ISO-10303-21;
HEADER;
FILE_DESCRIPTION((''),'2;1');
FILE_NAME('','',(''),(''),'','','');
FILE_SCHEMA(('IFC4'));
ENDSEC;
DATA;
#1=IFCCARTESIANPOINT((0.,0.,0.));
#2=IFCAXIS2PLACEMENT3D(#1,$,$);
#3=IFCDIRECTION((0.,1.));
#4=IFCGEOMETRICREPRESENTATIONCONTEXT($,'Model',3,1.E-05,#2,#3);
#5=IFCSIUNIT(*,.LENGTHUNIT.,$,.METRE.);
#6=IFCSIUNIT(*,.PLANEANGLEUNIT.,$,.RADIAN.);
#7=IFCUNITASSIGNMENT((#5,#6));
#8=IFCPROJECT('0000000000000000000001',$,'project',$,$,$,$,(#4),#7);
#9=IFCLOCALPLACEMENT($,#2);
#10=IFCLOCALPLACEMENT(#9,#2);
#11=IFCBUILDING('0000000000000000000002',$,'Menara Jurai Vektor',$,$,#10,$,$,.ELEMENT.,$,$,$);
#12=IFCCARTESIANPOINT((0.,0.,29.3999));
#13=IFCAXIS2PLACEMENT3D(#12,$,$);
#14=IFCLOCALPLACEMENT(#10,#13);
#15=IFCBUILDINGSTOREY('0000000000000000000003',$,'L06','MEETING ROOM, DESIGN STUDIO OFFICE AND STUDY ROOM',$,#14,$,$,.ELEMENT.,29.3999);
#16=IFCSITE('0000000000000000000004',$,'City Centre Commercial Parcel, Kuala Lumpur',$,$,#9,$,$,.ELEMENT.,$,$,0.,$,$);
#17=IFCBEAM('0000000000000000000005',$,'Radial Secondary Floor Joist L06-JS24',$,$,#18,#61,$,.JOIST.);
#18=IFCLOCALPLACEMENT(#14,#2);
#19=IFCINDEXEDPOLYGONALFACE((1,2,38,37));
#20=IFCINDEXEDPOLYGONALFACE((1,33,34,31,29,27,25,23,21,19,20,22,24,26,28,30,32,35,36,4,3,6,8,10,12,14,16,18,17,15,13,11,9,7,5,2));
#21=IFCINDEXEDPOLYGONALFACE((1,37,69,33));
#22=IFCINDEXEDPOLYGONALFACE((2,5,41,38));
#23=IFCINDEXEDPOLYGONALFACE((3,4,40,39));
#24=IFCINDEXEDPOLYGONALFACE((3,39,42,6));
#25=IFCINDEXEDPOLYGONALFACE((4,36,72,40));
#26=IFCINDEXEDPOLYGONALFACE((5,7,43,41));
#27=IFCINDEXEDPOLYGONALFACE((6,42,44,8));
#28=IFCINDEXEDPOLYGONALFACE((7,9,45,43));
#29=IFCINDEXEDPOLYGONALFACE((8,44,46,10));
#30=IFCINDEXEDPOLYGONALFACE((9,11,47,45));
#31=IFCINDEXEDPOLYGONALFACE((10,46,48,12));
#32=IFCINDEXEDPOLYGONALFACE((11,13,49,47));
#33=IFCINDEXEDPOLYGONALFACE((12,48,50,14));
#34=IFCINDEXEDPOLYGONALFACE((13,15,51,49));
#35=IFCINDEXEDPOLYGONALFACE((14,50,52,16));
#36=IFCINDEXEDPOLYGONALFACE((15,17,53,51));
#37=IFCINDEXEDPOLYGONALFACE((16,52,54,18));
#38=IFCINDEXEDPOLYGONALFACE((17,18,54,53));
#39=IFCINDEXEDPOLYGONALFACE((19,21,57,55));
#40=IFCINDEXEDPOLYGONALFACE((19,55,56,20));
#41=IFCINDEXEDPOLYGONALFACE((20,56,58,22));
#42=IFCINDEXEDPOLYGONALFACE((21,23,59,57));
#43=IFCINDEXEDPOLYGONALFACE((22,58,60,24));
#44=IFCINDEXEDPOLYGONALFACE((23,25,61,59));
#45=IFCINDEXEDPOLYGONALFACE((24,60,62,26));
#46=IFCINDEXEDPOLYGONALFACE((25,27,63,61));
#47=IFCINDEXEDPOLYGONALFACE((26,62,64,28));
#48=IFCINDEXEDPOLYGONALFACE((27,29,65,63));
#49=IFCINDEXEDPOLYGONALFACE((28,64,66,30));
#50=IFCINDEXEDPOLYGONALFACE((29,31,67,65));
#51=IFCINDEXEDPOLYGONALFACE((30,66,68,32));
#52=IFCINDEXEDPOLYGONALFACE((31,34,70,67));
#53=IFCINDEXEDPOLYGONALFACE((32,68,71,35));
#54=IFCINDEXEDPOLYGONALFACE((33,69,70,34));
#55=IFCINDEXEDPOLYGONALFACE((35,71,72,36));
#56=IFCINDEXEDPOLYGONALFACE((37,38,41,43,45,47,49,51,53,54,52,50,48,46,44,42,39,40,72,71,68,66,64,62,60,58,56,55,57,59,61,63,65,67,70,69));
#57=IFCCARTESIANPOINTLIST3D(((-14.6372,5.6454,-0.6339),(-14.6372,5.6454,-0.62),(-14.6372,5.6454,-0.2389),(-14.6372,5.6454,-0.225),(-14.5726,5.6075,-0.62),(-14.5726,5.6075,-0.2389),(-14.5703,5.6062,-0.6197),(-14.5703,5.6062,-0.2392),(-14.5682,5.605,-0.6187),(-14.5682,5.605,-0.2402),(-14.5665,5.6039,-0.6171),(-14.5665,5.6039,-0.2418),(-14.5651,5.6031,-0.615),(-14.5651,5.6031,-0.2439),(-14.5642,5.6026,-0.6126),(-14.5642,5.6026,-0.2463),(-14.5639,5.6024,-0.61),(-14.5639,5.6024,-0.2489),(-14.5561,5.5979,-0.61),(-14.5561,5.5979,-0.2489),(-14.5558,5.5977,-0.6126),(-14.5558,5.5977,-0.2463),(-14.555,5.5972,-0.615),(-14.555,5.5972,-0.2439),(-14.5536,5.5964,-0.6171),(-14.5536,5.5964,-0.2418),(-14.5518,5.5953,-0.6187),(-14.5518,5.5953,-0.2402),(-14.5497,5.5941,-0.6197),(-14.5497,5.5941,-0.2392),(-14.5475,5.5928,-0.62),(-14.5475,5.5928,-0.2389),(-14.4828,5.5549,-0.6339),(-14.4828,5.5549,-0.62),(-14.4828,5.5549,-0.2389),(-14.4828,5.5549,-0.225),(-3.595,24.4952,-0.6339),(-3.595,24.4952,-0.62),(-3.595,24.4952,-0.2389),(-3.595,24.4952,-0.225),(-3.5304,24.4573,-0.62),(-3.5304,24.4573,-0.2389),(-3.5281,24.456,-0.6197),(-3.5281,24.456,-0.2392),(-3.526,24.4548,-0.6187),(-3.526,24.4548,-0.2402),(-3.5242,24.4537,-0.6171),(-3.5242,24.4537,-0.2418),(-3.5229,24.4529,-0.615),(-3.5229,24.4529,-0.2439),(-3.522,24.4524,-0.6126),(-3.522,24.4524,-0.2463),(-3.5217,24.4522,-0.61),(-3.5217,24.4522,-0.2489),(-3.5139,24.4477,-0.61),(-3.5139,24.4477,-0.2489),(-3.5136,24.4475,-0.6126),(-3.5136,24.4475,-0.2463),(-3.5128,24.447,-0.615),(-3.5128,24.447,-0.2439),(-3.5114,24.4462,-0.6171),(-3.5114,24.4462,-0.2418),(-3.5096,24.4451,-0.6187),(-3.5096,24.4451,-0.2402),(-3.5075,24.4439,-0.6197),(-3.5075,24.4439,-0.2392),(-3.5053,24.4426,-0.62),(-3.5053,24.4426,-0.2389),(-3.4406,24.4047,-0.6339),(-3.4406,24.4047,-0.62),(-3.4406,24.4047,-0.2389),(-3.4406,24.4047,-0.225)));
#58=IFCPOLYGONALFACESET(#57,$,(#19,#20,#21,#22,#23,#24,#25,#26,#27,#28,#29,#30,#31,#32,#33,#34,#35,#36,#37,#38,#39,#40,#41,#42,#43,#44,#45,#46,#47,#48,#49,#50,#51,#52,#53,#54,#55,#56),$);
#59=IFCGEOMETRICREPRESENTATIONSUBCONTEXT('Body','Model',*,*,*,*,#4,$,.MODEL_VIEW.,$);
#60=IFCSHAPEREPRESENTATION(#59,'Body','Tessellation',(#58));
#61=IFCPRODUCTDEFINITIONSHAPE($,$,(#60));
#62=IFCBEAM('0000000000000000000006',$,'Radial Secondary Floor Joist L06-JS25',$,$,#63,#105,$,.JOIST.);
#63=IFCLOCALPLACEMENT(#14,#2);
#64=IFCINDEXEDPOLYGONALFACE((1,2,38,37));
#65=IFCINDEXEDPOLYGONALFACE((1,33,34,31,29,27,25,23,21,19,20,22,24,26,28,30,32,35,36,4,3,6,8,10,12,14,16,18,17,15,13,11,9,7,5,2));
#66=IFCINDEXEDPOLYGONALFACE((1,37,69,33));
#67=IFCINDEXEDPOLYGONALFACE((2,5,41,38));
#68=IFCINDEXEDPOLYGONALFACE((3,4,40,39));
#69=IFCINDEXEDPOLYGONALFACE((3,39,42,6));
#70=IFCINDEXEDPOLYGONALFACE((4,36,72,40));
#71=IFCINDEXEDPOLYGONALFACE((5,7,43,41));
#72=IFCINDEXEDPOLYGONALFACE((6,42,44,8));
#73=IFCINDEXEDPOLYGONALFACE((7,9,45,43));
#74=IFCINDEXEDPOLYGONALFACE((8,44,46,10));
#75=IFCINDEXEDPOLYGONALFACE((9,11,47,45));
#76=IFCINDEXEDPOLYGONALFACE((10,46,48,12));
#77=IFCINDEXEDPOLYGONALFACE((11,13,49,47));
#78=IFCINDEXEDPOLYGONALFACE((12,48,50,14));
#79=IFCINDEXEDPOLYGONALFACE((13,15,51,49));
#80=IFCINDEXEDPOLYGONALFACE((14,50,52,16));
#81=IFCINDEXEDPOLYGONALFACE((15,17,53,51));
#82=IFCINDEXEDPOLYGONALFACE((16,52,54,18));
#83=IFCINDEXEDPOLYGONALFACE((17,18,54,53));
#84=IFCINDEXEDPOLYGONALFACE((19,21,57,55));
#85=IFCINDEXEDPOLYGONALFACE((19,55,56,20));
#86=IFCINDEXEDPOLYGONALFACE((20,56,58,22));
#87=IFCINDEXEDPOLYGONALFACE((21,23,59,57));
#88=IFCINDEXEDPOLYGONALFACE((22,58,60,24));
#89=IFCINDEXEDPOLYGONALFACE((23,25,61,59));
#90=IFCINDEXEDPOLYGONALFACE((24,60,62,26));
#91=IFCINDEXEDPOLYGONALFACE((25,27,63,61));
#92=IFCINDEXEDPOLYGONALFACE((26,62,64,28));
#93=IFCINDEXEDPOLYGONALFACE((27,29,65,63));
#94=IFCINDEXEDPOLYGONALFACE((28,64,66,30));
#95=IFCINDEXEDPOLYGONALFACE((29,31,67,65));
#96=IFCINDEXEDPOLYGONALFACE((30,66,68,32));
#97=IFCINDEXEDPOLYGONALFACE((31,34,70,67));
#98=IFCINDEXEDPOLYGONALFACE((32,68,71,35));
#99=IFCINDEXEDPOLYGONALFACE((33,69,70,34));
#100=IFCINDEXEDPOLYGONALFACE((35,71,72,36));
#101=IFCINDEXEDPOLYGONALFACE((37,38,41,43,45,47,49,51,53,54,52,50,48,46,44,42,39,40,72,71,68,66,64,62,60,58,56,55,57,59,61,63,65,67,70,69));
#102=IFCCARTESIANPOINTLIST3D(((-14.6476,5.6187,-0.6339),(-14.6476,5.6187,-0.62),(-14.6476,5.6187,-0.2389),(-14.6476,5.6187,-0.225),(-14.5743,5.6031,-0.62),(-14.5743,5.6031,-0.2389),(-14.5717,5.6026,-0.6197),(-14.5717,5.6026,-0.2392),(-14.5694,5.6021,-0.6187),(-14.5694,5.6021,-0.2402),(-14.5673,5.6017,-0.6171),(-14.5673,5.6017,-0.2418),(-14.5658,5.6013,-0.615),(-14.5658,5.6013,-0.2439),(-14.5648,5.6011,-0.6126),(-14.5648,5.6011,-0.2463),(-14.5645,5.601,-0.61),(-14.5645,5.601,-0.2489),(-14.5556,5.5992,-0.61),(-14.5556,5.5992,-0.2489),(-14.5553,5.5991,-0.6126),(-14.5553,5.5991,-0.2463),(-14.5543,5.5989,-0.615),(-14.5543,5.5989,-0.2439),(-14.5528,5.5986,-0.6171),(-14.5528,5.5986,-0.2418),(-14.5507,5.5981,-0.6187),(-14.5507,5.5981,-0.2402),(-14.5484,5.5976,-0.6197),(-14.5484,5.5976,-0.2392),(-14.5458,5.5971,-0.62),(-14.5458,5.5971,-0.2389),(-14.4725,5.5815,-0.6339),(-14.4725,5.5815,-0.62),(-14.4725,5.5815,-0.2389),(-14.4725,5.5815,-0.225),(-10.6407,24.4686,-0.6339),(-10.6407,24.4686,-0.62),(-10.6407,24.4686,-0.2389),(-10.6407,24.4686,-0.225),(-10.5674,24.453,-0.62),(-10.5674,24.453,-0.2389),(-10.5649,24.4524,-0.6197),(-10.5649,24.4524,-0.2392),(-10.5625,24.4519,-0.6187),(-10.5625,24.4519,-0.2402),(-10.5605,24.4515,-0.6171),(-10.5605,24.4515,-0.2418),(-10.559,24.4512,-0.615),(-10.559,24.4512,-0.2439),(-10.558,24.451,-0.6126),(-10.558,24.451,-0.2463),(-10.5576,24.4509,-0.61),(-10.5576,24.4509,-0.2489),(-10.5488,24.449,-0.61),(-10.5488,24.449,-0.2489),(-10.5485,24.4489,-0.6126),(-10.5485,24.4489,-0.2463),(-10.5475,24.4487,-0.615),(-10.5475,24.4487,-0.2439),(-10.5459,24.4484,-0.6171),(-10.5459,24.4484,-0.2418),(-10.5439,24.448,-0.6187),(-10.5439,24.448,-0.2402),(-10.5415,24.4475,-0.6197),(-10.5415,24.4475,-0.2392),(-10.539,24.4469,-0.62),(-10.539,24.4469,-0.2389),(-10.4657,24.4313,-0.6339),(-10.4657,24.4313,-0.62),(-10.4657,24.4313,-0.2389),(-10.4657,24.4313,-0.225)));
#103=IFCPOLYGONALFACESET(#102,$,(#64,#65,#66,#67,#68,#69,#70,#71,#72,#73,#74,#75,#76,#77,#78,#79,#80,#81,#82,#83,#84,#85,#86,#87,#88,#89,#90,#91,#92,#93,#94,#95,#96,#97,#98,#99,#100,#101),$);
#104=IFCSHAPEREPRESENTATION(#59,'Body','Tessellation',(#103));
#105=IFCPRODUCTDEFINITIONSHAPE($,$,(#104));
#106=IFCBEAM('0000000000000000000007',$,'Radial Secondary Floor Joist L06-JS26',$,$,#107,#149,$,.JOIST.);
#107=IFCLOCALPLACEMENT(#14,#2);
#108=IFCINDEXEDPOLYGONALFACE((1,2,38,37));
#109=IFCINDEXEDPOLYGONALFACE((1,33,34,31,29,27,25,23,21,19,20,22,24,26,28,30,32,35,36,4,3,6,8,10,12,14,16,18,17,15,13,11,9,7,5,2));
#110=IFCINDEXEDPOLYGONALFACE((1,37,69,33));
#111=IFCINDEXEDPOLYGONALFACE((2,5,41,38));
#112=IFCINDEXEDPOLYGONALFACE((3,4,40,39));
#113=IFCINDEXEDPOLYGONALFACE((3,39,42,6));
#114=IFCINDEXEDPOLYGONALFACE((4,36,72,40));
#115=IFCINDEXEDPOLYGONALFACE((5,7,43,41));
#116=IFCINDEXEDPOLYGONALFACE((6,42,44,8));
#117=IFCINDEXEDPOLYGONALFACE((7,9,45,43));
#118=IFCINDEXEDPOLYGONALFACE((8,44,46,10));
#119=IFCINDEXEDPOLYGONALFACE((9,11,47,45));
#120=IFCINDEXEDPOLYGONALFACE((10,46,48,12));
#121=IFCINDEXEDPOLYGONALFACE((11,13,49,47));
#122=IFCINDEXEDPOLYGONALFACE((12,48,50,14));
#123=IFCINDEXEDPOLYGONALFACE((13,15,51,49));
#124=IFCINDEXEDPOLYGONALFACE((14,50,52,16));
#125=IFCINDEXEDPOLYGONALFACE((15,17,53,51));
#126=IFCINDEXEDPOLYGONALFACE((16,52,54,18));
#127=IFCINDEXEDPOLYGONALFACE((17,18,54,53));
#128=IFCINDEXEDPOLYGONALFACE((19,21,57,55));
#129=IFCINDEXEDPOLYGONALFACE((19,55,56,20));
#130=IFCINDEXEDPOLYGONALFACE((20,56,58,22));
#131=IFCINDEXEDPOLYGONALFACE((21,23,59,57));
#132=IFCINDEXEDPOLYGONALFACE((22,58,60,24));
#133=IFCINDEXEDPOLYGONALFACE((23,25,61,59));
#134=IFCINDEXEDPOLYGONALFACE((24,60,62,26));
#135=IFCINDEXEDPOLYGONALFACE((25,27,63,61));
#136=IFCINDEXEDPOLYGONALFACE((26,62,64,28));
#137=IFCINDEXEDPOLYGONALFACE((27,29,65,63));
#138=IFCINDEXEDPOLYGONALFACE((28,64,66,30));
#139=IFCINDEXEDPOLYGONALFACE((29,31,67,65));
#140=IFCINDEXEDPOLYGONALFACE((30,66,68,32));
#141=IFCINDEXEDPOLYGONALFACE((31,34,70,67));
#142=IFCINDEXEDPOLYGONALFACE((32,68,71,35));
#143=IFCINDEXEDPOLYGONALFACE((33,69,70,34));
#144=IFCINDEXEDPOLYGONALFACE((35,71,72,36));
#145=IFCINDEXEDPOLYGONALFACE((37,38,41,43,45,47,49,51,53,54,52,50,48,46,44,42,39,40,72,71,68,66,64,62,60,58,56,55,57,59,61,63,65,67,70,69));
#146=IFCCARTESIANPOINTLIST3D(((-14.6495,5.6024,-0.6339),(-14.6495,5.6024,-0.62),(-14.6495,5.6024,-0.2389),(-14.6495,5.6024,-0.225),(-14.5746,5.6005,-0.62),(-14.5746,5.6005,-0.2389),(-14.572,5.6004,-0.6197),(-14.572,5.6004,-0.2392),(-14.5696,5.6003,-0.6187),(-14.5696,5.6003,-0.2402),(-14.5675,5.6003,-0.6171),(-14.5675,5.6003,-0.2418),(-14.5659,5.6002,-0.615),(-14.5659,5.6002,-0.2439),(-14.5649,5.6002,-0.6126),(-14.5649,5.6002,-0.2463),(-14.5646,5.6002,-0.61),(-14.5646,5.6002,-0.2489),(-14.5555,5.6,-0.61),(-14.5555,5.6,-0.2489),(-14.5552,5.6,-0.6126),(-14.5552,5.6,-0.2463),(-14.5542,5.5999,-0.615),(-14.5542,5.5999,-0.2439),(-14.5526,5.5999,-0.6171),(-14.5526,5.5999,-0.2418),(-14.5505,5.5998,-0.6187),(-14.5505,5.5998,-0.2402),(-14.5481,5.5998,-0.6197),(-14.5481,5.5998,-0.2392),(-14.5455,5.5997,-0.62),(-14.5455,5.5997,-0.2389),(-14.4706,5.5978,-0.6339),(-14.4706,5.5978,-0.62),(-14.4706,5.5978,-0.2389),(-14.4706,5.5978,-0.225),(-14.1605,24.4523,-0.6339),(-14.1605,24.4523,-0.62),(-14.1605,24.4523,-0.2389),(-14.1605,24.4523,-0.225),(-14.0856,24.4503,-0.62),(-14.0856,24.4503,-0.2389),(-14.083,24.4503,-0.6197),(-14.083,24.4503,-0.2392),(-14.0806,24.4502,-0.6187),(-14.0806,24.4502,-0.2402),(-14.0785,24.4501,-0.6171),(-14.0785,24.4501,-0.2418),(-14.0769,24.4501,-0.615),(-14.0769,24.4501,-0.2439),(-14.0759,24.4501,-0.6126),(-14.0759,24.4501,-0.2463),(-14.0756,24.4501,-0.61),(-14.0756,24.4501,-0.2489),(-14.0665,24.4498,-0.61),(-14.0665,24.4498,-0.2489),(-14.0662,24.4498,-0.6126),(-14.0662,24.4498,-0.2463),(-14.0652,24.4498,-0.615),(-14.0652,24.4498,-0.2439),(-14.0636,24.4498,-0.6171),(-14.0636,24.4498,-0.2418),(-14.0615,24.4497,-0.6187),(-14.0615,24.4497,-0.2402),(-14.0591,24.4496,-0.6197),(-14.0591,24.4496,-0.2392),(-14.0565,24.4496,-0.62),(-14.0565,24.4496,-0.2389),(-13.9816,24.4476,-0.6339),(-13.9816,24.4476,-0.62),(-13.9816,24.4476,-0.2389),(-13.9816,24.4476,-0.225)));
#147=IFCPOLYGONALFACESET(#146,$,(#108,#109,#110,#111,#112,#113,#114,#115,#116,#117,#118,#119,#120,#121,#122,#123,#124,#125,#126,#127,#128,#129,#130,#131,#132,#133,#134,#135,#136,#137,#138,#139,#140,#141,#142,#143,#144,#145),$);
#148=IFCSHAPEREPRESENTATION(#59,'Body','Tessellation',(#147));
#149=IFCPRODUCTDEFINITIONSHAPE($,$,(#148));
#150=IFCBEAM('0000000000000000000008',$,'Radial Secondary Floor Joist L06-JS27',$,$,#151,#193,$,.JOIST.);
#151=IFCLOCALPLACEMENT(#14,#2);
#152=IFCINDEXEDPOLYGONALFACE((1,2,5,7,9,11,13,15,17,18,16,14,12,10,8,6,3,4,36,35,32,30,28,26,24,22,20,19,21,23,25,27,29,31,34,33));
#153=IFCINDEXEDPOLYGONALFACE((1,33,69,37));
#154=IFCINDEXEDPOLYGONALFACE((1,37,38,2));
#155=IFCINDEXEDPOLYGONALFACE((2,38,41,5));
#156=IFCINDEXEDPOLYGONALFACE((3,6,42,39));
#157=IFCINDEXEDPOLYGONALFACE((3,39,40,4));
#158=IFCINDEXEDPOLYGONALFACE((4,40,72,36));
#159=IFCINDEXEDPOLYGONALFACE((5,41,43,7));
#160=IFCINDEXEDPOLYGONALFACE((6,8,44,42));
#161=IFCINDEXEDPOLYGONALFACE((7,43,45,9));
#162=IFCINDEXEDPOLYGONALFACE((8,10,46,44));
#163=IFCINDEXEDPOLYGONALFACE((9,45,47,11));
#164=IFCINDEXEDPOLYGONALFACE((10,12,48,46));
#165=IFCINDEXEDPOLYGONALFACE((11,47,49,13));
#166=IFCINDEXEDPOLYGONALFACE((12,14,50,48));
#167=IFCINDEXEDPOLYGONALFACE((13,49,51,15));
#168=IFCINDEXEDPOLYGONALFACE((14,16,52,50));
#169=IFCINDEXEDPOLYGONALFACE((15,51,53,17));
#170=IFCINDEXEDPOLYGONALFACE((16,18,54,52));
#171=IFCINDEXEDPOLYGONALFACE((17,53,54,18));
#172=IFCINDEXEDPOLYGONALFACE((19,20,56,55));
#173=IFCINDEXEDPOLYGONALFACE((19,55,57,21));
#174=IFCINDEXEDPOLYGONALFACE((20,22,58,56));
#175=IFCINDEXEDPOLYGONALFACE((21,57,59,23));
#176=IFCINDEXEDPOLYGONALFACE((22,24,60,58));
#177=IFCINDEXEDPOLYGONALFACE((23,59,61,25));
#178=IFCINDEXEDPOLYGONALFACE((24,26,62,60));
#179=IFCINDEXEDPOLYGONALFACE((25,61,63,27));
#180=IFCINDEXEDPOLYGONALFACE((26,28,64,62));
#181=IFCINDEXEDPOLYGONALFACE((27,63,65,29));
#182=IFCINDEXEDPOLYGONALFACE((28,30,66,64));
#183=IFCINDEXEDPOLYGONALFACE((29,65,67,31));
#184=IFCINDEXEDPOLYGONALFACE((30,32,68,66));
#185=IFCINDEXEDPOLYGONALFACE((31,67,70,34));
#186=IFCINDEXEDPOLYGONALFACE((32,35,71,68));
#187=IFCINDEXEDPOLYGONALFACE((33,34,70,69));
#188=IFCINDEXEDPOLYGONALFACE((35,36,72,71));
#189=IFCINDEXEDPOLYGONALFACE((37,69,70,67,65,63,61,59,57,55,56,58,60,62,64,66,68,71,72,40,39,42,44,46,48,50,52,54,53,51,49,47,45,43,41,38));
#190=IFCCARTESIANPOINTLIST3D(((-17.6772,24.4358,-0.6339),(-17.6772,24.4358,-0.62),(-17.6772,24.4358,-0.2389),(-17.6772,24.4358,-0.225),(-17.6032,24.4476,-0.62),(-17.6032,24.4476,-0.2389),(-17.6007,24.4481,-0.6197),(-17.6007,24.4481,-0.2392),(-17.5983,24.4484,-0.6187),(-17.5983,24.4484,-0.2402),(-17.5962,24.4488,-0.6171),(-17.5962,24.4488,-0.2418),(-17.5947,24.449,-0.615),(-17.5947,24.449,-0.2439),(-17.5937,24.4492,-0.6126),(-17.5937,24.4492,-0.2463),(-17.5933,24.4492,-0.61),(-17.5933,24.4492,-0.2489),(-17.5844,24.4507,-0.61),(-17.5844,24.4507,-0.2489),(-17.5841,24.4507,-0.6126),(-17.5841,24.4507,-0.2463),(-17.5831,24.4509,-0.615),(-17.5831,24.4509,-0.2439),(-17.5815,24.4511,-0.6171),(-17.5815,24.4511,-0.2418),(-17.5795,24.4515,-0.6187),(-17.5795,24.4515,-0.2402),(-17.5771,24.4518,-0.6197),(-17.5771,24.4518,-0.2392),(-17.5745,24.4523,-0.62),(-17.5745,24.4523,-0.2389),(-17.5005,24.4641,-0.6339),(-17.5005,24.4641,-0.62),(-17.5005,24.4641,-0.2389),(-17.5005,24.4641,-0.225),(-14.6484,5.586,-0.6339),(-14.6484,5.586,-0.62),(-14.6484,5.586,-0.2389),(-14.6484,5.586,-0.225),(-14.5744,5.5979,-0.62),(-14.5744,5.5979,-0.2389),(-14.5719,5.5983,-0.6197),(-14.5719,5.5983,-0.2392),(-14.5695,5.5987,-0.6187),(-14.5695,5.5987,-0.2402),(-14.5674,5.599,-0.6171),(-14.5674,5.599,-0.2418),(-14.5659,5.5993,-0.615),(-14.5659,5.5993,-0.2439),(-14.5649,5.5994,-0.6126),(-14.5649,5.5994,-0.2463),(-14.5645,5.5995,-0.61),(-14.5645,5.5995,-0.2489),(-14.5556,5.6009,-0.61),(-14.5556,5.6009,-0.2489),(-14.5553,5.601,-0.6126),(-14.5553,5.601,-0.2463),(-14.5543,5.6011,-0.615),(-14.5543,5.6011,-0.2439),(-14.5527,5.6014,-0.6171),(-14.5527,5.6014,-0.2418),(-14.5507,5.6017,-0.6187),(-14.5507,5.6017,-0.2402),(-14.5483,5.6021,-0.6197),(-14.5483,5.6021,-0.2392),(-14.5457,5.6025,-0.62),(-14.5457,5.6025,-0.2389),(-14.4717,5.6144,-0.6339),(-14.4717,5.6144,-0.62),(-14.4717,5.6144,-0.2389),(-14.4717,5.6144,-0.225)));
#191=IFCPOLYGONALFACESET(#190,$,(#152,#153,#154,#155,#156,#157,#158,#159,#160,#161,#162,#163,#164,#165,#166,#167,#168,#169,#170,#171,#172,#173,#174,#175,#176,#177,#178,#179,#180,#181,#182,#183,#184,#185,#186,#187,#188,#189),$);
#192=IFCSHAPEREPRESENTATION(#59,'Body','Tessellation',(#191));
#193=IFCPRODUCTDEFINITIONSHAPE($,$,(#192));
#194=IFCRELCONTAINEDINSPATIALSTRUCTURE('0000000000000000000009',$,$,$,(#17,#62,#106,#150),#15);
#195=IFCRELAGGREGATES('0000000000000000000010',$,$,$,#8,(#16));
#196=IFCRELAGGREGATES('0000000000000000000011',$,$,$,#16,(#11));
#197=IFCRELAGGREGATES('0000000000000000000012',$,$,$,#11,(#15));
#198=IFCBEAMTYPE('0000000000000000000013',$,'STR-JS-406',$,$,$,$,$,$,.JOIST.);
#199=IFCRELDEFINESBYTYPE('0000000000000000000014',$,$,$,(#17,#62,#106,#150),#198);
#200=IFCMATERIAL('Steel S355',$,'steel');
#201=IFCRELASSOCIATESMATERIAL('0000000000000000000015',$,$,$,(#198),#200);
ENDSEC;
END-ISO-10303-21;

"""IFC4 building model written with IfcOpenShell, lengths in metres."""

from ifc_helpers import new_model, si_unit, direction, frame, origin, origin_2d, place, context, subcontext, project, spatial, i_section, extrude, material, material_profile, profile_set, type_object, element, save


model = new_model("IFC4")

# Units and contexts
model_context = context("Model", 3, precision=1e-05, world=origin(), true_north=direction((0.0, 1.0)))
body_context = subcontext(model_context, "Body", "Model", "MODEL_VIEW")
ifc_project = project(units=[si_unit("LENGTHUNIT", "METRE"), si_unit("PLANEANGLEUNIT", "RADIAN")], contexts=[model_context])

# Site, building, storey
site_placement = place(None, origin())
site = spatial("IfcSite", under=ifc_project, at=site_placement, Name="City Centre Commercial Parcel, Kuala Lumpur", CompositionType="ELEMENT", RefElevation=0.0)
building_placement = place(site_placement, origin())
building = spatial("IfcBuilding", under=site, at=building_placement, Name="Menara Jurai Vektor", CompositionType="ELEMENT")
storey_placement = place(building_placement, frame((0.0, 0.0, 29.3999)))
storey = spatial("IfcBuildingStorey", under=building, at=storey_placement, Name="L06", Description="MEETING ROOM, DESIGN STUDIO OFFICE AND STUDY ROOM", CompositionType="ELEMENT", Elevation=29.3999)

# Beams
ifc_material_1 = material(Name="Steel S355", Category="steel")
ifc_material_profile_1 = material_profile(ifc_material_1, i_section(OverallWidth=0.179, OverallDepth=0.4089, WebThickness=0.009, FlangeThickness=0.0139, FilletRadius=0.01, at=origin_2d()), Name="UKB 406x178x67")
ifc_profile_set_1 = profile_set([ifc_material_profile_1], Name="Steel S355")
beam_type_1 = type_object("IfcBeamType", Name="STR-JS-406", PredefinedType="JOIST", material=ifc_profile_set_1)
beam_1_placement = place(storey_placement, frame((-3.5178, 24.45, -0.4294), z_axis=(-0.505458, -0.862851, 0.0), x_axis=(0.862851, -0.505458, 0.0)))
element("IfcBeam", 1, at=beam_1_placement, inside=storey, type_object=beam_type_1, Name="Radial Secondary Floor Joist L06-JS24", PredefinedType="JOIST", context=body_context, shape_type="SweptSolid", body=[
    extrude(i_section(OverallWidth=0.179, OverallDepth=0.4089, WebThickness=0.009, FlangeThickness=0.0139, FilletRadius=0.01, at=origin_2d()), origin(), (0.0, 0.0, 1.0), 21.8459),
])
beam_2_placement = place(storey_placement, frame((-10.5532, 24.45, -0.4294), z_axis=(-0.20792, -0.978146, 0.0), x_axis=(0.978146, -0.20792, 0.0)))
element("IfcBeam", 2, at=beam_2_placement, inside=storey, type_object=beam_type_1, Name="Radial Secondary Floor Joist L06-JS25", PredefinedType="JOIST", context=body_context, shape_type="SweptSolid", body=[
    extrude(i_section(OverallWidth=0.179, OverallDepth=0.4089, WebThickness=0.009, FlangeThickness=0.0139, FilletRadius=0.01, at=origin_2d()), origin(), (0.0, 0.0, 1.0), 19.271),
])
beam_3_placement = place(storey_placement, frame((-14.071, 24.45, -0.4294), z_axis=(-0.025934, -0.999664, 0.0), x_axis=(0.999664, -0.025934, 0.0)))
element("IfcBeam", 3, at=beam_3_placement, inside=storey, type_object=beam_type_1, Name="Radial Secondary Floor Joist L06-JS26", PredefinedType="JOIST", context=body_context, shape_type="SweptSolid", body=[
    extrude(i_section(OverallWidth=0.179, OverallDepth=0.4089, WebThickness=0.009, FlangeThickness=0.0139, FilletRadius=0.01, at=origin_2d()), origin(), (0.0, 0.0, 1.0), 18.8562),
])
beam_4_placement = place(storey_placement, frame((-17.5889, 24.45, -0.4294), z_axis=(0.158646, -0.987336, 0.0), x_axis=(0.987336, 0.158646, 0.0)))
element("IfcBeam", 4, at=beam_4_placement, inside=storey, type_object=beam_type_1, Name="Radial Secondary Floor Joist L06-JS27", PredefinedType="JOIST", context=body_context, shape_type="SweptSolid", body=[
    extrude(i_section(OverallWidth=0.179, OverallDepth=0.4089, WebThickness=0.009, FlangeThickness=0.0139, FilletRadius=0.01, at=origin_2d()), origin(), (0.0, 0.0, 1.0), 19.0916),
])

save(model, "model.ifc")
